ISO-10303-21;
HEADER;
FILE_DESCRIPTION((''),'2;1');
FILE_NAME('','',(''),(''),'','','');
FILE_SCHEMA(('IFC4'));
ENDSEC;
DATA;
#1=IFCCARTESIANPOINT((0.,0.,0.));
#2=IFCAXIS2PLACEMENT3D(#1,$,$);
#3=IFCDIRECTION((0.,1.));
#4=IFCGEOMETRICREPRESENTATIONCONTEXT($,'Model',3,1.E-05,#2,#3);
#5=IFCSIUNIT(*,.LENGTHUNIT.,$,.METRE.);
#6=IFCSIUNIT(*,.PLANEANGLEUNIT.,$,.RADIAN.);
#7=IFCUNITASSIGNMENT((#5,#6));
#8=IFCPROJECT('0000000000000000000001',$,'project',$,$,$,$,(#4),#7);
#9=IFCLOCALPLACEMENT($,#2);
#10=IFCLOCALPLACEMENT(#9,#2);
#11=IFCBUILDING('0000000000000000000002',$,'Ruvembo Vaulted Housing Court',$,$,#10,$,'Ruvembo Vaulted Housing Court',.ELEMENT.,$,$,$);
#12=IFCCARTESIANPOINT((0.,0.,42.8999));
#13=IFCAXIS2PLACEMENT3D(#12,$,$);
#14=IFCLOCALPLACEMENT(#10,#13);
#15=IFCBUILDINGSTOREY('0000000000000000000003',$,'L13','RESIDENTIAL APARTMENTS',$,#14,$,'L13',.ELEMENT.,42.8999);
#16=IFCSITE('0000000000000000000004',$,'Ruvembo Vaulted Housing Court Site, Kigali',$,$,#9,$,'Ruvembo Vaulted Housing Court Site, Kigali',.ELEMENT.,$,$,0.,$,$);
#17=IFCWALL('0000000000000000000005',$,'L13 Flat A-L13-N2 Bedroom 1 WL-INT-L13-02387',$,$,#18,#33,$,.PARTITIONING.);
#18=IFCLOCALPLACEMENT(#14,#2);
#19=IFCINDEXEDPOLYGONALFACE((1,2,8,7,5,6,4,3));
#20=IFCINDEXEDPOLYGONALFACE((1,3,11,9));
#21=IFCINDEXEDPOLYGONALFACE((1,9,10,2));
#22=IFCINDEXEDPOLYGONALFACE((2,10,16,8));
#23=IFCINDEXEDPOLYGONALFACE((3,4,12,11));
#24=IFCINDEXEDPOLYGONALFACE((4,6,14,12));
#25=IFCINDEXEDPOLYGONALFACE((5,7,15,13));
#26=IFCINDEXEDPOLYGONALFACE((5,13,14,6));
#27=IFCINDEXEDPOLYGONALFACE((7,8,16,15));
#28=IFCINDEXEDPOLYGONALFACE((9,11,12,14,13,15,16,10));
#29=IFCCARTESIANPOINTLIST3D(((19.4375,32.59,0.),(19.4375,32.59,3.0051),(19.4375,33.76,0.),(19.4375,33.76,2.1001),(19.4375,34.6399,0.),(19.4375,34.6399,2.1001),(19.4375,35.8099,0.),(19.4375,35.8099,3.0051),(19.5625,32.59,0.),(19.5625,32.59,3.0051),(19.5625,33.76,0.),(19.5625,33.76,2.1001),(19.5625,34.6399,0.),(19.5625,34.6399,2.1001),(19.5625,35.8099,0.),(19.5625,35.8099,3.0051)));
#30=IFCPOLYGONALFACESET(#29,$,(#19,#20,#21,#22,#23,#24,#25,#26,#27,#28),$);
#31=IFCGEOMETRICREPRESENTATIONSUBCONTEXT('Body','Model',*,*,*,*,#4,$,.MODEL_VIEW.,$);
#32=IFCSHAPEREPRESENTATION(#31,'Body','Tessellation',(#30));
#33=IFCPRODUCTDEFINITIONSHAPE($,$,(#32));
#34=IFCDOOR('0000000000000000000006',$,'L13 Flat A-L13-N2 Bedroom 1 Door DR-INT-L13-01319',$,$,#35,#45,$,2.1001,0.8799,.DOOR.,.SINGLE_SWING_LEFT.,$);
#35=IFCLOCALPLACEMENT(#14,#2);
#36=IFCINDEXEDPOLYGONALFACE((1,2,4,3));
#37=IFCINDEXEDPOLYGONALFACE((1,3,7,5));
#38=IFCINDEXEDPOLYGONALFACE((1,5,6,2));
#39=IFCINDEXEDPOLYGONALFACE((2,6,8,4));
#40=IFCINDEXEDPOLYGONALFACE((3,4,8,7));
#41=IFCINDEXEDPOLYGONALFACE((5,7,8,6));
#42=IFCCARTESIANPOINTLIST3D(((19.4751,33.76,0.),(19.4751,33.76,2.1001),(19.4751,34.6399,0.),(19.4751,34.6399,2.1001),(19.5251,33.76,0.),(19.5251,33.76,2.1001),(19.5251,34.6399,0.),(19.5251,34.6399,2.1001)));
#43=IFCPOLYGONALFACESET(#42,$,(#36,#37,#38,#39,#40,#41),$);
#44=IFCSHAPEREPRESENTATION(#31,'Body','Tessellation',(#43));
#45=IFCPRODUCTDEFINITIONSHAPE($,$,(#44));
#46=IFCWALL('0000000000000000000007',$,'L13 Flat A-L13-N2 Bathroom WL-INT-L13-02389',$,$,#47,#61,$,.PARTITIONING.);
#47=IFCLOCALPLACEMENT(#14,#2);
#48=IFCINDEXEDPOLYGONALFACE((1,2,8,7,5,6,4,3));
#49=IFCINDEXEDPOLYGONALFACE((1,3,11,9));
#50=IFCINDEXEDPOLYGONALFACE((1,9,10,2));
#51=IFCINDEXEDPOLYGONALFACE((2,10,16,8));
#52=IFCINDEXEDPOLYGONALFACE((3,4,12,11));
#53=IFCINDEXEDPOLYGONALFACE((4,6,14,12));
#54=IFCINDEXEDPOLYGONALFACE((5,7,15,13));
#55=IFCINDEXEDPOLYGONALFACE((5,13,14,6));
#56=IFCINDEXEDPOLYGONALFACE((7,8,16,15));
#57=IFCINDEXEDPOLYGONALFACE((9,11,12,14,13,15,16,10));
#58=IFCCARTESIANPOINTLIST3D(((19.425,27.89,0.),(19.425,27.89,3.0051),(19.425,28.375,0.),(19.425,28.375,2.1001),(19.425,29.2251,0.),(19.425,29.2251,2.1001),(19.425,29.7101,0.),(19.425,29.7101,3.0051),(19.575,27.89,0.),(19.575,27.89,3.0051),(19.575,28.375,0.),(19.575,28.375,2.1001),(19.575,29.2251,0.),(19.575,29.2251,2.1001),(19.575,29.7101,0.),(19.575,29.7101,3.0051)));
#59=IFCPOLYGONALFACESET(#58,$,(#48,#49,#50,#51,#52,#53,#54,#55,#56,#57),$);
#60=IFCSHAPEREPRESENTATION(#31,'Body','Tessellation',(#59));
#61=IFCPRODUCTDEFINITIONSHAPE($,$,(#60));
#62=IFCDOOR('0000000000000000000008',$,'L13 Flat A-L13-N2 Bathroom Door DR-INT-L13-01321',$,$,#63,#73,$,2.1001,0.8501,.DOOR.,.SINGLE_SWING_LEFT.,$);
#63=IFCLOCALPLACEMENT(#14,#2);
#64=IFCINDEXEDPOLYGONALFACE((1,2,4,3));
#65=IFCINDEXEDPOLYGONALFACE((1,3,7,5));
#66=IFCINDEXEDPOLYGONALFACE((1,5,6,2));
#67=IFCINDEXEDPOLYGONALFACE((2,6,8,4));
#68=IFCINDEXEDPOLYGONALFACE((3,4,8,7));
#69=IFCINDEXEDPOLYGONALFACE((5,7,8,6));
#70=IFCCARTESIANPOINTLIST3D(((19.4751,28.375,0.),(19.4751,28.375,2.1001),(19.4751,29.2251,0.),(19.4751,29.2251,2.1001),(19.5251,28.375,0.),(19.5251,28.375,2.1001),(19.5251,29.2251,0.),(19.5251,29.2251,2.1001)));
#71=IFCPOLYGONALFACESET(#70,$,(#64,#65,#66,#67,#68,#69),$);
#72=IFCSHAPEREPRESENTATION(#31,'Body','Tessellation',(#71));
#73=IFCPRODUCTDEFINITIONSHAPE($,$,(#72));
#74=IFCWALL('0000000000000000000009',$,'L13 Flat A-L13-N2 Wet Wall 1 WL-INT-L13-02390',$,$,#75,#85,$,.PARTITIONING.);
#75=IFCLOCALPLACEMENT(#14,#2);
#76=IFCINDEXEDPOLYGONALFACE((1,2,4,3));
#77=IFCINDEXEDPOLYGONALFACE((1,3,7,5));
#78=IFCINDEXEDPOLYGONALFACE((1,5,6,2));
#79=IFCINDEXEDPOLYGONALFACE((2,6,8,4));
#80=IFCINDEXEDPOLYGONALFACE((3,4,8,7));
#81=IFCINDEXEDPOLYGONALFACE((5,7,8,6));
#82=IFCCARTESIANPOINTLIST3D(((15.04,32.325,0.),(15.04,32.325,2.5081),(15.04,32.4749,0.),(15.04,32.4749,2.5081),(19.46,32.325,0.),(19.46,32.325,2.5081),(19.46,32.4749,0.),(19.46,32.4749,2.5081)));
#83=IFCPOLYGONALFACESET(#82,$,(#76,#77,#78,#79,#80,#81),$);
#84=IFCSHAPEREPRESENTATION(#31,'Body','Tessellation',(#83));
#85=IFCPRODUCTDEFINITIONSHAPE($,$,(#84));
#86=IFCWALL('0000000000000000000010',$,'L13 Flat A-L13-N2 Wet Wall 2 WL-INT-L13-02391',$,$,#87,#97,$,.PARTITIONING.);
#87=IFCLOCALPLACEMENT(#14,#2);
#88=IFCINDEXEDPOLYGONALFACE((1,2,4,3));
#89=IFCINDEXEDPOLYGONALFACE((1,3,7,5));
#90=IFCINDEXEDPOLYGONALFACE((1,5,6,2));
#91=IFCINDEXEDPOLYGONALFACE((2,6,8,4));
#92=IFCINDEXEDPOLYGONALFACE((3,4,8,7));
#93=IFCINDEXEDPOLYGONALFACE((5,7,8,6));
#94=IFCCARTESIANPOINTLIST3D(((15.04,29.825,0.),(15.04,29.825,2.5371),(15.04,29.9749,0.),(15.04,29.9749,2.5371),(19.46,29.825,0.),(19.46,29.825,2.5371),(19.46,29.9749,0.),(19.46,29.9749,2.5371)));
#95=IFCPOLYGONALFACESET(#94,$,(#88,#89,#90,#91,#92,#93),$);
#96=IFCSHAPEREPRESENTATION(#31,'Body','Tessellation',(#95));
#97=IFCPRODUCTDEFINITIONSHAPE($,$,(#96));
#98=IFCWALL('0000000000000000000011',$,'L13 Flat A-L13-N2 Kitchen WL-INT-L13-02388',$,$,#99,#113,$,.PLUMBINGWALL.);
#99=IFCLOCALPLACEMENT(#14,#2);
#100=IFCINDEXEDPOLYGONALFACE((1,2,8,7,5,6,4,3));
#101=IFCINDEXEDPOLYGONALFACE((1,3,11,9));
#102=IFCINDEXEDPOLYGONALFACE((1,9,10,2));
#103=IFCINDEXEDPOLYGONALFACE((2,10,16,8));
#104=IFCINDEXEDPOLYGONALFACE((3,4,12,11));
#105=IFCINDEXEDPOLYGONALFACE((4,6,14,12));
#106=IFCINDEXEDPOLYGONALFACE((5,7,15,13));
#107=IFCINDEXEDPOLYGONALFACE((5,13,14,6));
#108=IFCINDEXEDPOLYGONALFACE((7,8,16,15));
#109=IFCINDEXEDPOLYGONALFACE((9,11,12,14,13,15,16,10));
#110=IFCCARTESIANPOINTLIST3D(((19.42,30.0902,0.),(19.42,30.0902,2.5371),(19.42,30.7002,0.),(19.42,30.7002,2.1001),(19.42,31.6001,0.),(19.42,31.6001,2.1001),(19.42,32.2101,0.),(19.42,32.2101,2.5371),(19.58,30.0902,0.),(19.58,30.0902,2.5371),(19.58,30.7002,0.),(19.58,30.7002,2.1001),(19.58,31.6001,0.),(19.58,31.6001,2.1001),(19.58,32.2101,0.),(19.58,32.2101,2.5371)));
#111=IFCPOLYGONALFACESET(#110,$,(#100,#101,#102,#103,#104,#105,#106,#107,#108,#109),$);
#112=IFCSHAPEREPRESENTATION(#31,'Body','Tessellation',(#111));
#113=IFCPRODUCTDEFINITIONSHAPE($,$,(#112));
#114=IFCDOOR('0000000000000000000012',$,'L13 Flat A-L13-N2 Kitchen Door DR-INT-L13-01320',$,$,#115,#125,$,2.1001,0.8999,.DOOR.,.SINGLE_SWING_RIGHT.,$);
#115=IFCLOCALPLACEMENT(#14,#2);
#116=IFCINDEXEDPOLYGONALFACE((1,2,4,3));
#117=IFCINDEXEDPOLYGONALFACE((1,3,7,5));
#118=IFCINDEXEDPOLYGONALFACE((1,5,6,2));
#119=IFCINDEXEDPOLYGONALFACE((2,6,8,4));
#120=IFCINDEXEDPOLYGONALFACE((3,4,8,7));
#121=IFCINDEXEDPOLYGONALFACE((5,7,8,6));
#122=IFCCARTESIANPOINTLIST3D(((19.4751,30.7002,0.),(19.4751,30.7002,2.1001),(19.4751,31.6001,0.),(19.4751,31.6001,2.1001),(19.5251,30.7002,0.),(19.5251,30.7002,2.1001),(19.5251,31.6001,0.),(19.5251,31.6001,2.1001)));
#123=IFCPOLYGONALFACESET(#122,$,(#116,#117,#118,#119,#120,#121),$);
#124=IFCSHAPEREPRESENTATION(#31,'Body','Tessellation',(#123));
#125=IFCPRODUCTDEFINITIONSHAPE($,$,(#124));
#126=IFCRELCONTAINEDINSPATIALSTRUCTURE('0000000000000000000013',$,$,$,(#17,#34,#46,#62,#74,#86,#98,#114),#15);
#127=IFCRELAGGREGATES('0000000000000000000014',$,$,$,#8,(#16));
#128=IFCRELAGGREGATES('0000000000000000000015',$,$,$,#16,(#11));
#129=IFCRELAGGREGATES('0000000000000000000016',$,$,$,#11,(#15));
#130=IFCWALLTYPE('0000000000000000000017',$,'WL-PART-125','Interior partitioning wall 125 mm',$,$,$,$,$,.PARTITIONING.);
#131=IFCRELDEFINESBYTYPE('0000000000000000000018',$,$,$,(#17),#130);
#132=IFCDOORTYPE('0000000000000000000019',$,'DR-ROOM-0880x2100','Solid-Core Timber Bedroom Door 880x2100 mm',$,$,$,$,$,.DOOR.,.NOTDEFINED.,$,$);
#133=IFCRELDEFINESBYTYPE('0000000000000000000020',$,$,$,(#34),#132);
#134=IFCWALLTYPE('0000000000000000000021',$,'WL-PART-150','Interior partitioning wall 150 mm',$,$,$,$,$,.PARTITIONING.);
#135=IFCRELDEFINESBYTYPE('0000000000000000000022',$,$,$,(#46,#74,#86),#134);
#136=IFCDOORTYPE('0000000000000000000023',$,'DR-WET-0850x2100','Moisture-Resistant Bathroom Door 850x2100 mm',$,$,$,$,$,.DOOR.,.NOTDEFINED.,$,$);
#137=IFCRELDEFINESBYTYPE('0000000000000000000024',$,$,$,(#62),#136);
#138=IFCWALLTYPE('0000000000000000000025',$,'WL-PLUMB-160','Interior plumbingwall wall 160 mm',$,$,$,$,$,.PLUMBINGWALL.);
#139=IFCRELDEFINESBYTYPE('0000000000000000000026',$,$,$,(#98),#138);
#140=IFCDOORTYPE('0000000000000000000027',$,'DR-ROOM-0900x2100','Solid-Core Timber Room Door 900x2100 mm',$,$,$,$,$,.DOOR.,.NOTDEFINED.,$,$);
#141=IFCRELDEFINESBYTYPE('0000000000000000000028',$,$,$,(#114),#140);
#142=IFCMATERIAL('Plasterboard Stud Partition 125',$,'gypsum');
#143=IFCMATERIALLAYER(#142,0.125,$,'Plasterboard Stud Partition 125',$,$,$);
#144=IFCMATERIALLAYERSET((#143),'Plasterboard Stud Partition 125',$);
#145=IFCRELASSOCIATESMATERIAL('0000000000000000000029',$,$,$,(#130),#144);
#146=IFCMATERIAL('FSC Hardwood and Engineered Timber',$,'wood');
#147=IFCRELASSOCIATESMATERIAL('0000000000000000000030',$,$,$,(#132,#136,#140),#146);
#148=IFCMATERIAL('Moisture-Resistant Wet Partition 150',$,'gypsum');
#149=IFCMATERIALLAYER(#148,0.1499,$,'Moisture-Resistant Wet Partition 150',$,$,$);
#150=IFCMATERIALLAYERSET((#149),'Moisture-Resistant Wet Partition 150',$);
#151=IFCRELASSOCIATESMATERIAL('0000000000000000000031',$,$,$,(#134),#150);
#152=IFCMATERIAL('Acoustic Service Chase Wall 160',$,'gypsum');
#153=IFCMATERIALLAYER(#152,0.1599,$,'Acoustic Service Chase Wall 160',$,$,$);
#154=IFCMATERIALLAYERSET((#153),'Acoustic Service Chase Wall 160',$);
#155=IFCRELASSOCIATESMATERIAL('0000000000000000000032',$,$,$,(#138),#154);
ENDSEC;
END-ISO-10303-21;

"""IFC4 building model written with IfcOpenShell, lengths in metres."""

from ifc_helpers import new_model, si_unit, direction, frame, frame_2d, origin, place, context, subcontext, project, spatial, rectangle, extrude, material, layer, layer_set, type_object, element, fill, save


model = new_model("IFC4")

# Units and contexts
model_context = context("Model", 3, precision=1e-05, world=origin(), true_north=direction((0.0, 1.0)))
body_context = subcontext(model_context, "Body", "Model", "MODEL_VIEW")
ifc_project = project(units=[si_unit("LENGTHUNIT", "METRE"), si_unit("PLANEANGLEUNIT", "RADIAN")], contexts=[model_context])

# Site, building, storey
site_placement = place(None, origin())
site = spatial("IfcSite", under=ifc_project, at=site_placement, Name="Ruvembo Vaulted Housing Court Site, Kigali", LongName="Ruvembo Vaulted Housing Court Site, Kigali", CompositionType="ELEMENT", RefElevation=0.0)
building_placement = place(site_placement, origin())
building = spatial("IfcBuilding", under=site, at=building_placement, Name="Ruvembo Vaulted Housing Court", LongName="Ruvembo Vaulted Housing Court", CompositionType="ELEMENT")
storey_placement = place(building_placement, frame((0.0, 0.0, 42.8999)))
storey = spatial("IfcBuildingStorey", under=building, at=storey_placement, Name="L13", Description="RESIDENTIAL APARTMENTS", LongName="L13", CompositionType="ELEMENT", Elevation=42.8999)

# Walls, openings, doors
ifc_material_1 = material(Name="Plasterboard Stud Partition 125", Category="gypsum")
ifc_layer_1 = layer(ifc_material_1, 0.125, Name="Plasterboard Stud Partition 125")
ifc_layer_set_1 = layer_set([ifc_layer_1], Name="Plasterboard Stud Partition 125")
wall_type_1 = type_object("IfcWallType", Name="WL-PART-125", Description="Interior partitioning wall 125 mm", PredefinedType="PARTITIONING", material=ifc_layer_set_1)
wall_1_placement = place(storey_placement, frame((19.5, 32.5901, 0.0), z_axis=(0.0, 0.0, 1.0), x_axis=(0.0, 1.0, 0.0)))
wall_1 = element("IfcWall", 1, at=wall_1_placement, inside=storey, type_object=wall_type_1, Name="L13 Flat A-L13-N2 Bedroom 1 WL-INT-L13-02387", PredefinedType="PARTITIONING", context=body_context, shape_type="SweptSolid", body=[
    extrude(rectangle(XDim=3.22, YDim=0.125, at=frame_2d((1.6099, 0.0))), origin(), (0.0, 0.0, 1.0), 3.0051),
])
opening_1_placement = place(wall_1_placement, frame((1.1699, 0.0, 0.0)))
opening_1 = element("IfcOpeningElement", 2, at=opening_1_placement, cuts=wall_1, PredefinedType="OPENING", context=body_context, shape_type="SweptSolid", body=[
    extrude(rectangle(XDim=0.8799, YDim=2.1001, at=frame_2d((0.4399, 1.05))), frame((0.0, 0.0725, 0.0), z_axis=(0.0, -1.0, 0.0), x_axis=(1.0, 0.0, 0.0)), (0.0, 0.0, 1.0), 0.145),
])
ifc_material_2 = material(Name="FSC Hardwood and Engineered Timber", Category="wood")
door_type_1 = type_object("IfcDoorType", Name="DR-ROOM-0880x2100", Description="Solid-Core Timber Bedroom Door 880x2100 mm", OperationType="NOTDEFINED", PredefinedType="DOOR", material=ifc_material_2)
door_1_placement = place(opening_1_placement, origin())
door_1 = element("IfcDoor", 3, at=door_1_placement, inside=storey, type_object=door_type_1, Name="L13 Flat A-L13-N2 Bedroom 1 Door DR-INT-L13-01319", OperationType="SINGLE_SWING_LEFT", OverallHeight=2.1001, OverallWidth=0.8799, PredefinedType="DOOR", context=body_context, shape_type="SweptSolid", body=[
    extrude(rectangle(XDim=0.8799, YDim=2.1001, at=frame_2d((0.4399, 1.05))), frame((0.0, 0.0249, 0.0), z_axis=(0.0, -1.0, 0.0), x_axis=(1.0, 0.0, 0.0)), (0.0, 0.0, 1.0), 0.05),
])
fill(opening_1, door_1)
ifc_material_3 = material(Name="Moisture-Resistant Wet Partition 150", Category="gypsum")
ifc_layer_2 = layer(ifc_material_3, 0.1499, Name="Moisture-Resistant Wet Partition 150")
ifc_layer_set_2 = layer_set([ifc_layer_2], Name="Moisture-Resistant Wet Partition 150")
wall_type_2 = type_object("IfcWallType", Name="WL-PART-150", Description="Interior partitioning wall 150 mm", PredefinedType="PARTITIONING", material=ifc_layer_set_2)
wall_2_placement = place(storey_placement, frame((19.5, 27.8899, 0.0), z_axis=(0.0, 0.0, 1.0), x_axis=(0.0, 1.0, 0.0)))
wall_2 = element("IfcWall", 4, at=wall_2_placement, inside=storey, type_object=wall_type_2, Name="L13 Flat A-L13-N2 Bathroom WL-INT-L13-02389", PredefinedType="PARTITIONING", context=body_context, shape_type="SweptSolid", body=[
    extrude(rectangle(XDim=1.8201, YDim=0.1499, at=frame_2d((0.9102, 0.0))), origin(), (0.0, 0.0, 1.0), 3.0051),
])
opening_2_placement = place(wall_2_placement, frame((0.4851, 0.0, 0.0)))
opening_2 = element("IfcOpeningElement", 5, at=opening_2_placement, cuts=wall_2, PredefinedType="OPENING", context=body_context, shape_type="SweptSolid", body=[
    extrude(rectangle(XDim=0.8501, YDim=2.1001, at=frame_2d((0.425, 1.05))), frame((0.0, 0.085, 0.0), z_axis=(0.0, -1.0, 0.0), x_axis=(1.0, 0.0, 0.0)), (0.0, 0.0, 1.0), 0.1699),
])
door_type_2 = type_object("IfcDoorType", Name="DR-WET-0850x2100", Description="Moisture-Resistant Bathroom Door 850x2100 mm", OperationType="NOTDEFINED", PredefinedType="DOOR", material=ifc_material_2)
door_2_placement = place(opening_2_placement, origin())
door_2 = element("IfcDoor", 6, at=door_2_placement, inside=storey, type_object=door_type_2, Name="L13 Flat A-L13-N2 Bathroom Door DR-INT-L13-01321", OperationType="SINGLE_SWING_LEFT", OverallHeight=2.1001, OverallWidth=0.8501, PredefinedType="DOOR", context=body_context, shape_type="SweptSolid", body=[
    extrude(rectangle(XDim=0.8501, YDim=2.1001, at=frame_2d((0.425, 1.05))), frame((0.0, 0.0249, 0.0), z_axis=(0.0, -1.0, 0.0), x_axis=(1.0, 0.0, 0.0)), (0.0, 0.0, 1.0), 0.05),
])
fill(opening_2, door_2)

# Walls
wall_3_placement = place(storey_placement, frame((15.04, 32.3999, 0.0), z_axis=(0.0, 0.0, 1.0), x_axis=(1.0, 0.0, 0.0)))
element("IfcWall", 7, at=wall_3_placement, inside=storey, type_object=wall_type_2, Name="L13 Flat A-L13-N2 Wet Wall 1 WL-INT-L13-02390", PredefinedType="PARTITIONING", context=body_context, shape_type="SweptSolid", body=[
    extrude(rectangle(XDim=4.4199, YDim=0.1499, at=frame_2d((2.21, 0.0))), origin(), (0.0, 0.0, 1.0), 2.5081),
])
wall_4_placement = place(storey_placement, frame((15.04, 29.8999, 0.0), z_axis=(0.0, 0.0, 1.0), x_axis=(1.0, 0.0, 0.0)))
element("IfcWall", 8, at=wall_4_placement, inside=storey, type_object=wall_type_2, Name="L13 Flat A-L13-N2 Wet Wall 2 WL-INT-L13-02391", PredefinedType="PARTITIONING", context=body_context, shape_type="SweptSolid", body=[
    extrude(rectangle(XDim=4.4199, YDim=0.1499, at=frame_2d((2.21, 0.0))), origin(), (0.0, 0.0, 1.0), 2.5371),
])

# Wall, opening, door
ifc_material_4 = material(Name="Acoustic Service Chase Wall 160", Category="gypsum")
ifc_layer_3 = layer(ifc_material_4, 0.1599, Name="Acoustic Service Chase Wall 160")
ifc_layer_set_3 = layer_set([ifc_layer_3], Name="Acoustic Service Chase Wall 160")
wall_type_3 = type_object("IfcWallType", Name="WL-PLUMB-160", Description="Interior plumbingwall wall 160 mm", PredefinedType="PLUMBINGWALL", material=ifc_layer_set_3)
wall_5_placement = place(storey_placement, frame((19.5, 30.0901, 0.0), z_axis=(0.0, 0.0, 1.0), x_axis=(0.0, 1.0, 0.0)))
wall_5 = element("IfcWall", 9, at=wall_5_placement, inside=storey, type_object=wall_type_3, Name="L13 Flat A-L13-N2 Kitchen WL-INT-L13-02388", PredefinedType="PLUMBINGWALL", context=body_context, shape_type="SweptSolid", body=[
    extrude(rectangle(XDim=2.1199, YDim=0.1599, at=frame_2d((1.0601, 0.0))), origin(), (0.0, 0.0, 1.0), 2.5371),
])
opening_3_placement = place(wall_5_placement, frame((0.6101, 0.0, 0.0)))
opening_3 = element("IfcOpeningElement", 10, at=opening_3_placement, cuts=wall_5, PredefinedType="OPENING", context=body_context, shape_type="SweptSolid", body=[
    extrude(rectangle(XDim=0.8999, YDim=2.1001, at=frame_2d((0.45, 1.05))), frame((0.0, 0.0898, 0.0), z_axis=(0.0, -1.0, 0.0), x_axis=(1.0, 0.0, 0.0)), (0.0, 0.0, 1.0), 0.1799),
])
door_type_3 = type_object("IfcDoorType", Name="DR-ROOM-0900x2100", Description="Solid-Core Timber Room Door 900x2100 mm", OperationType="NOTDEFINED", PredefinedType="DOOR", material=ifc_material_2)
door_3_placement = place(opening_3_placement, origin())
door_3 = element("IfcDoor", 11, at=door_3_placement, inside=storey, type_object=door_type_3, Name="L13 Flat A-L13-N2 Kitchen Door DR-INT-L13-01320", OperationType="SINGLE_SWING_RIGHT", OverallHeight=2.1001, OverallWidth=0.8999, PredefinedType="DOOR", context=body_context, shape_type="SweptSolid", body=[
    extrude(rectangle(XDim=0.8999, YDim=2.1001, at=frame_2d((0.45, 1.05))), frame((0.0, 0.0249, 0.0), z_axis=(0.0, -1.0, 0.0), x_axis=(1.0, 0.0, 0.0)), (0.0, 0.0, 1.0), 0.05),
])
fill(opening_3, door_3)

save(model, "model.ifc")
